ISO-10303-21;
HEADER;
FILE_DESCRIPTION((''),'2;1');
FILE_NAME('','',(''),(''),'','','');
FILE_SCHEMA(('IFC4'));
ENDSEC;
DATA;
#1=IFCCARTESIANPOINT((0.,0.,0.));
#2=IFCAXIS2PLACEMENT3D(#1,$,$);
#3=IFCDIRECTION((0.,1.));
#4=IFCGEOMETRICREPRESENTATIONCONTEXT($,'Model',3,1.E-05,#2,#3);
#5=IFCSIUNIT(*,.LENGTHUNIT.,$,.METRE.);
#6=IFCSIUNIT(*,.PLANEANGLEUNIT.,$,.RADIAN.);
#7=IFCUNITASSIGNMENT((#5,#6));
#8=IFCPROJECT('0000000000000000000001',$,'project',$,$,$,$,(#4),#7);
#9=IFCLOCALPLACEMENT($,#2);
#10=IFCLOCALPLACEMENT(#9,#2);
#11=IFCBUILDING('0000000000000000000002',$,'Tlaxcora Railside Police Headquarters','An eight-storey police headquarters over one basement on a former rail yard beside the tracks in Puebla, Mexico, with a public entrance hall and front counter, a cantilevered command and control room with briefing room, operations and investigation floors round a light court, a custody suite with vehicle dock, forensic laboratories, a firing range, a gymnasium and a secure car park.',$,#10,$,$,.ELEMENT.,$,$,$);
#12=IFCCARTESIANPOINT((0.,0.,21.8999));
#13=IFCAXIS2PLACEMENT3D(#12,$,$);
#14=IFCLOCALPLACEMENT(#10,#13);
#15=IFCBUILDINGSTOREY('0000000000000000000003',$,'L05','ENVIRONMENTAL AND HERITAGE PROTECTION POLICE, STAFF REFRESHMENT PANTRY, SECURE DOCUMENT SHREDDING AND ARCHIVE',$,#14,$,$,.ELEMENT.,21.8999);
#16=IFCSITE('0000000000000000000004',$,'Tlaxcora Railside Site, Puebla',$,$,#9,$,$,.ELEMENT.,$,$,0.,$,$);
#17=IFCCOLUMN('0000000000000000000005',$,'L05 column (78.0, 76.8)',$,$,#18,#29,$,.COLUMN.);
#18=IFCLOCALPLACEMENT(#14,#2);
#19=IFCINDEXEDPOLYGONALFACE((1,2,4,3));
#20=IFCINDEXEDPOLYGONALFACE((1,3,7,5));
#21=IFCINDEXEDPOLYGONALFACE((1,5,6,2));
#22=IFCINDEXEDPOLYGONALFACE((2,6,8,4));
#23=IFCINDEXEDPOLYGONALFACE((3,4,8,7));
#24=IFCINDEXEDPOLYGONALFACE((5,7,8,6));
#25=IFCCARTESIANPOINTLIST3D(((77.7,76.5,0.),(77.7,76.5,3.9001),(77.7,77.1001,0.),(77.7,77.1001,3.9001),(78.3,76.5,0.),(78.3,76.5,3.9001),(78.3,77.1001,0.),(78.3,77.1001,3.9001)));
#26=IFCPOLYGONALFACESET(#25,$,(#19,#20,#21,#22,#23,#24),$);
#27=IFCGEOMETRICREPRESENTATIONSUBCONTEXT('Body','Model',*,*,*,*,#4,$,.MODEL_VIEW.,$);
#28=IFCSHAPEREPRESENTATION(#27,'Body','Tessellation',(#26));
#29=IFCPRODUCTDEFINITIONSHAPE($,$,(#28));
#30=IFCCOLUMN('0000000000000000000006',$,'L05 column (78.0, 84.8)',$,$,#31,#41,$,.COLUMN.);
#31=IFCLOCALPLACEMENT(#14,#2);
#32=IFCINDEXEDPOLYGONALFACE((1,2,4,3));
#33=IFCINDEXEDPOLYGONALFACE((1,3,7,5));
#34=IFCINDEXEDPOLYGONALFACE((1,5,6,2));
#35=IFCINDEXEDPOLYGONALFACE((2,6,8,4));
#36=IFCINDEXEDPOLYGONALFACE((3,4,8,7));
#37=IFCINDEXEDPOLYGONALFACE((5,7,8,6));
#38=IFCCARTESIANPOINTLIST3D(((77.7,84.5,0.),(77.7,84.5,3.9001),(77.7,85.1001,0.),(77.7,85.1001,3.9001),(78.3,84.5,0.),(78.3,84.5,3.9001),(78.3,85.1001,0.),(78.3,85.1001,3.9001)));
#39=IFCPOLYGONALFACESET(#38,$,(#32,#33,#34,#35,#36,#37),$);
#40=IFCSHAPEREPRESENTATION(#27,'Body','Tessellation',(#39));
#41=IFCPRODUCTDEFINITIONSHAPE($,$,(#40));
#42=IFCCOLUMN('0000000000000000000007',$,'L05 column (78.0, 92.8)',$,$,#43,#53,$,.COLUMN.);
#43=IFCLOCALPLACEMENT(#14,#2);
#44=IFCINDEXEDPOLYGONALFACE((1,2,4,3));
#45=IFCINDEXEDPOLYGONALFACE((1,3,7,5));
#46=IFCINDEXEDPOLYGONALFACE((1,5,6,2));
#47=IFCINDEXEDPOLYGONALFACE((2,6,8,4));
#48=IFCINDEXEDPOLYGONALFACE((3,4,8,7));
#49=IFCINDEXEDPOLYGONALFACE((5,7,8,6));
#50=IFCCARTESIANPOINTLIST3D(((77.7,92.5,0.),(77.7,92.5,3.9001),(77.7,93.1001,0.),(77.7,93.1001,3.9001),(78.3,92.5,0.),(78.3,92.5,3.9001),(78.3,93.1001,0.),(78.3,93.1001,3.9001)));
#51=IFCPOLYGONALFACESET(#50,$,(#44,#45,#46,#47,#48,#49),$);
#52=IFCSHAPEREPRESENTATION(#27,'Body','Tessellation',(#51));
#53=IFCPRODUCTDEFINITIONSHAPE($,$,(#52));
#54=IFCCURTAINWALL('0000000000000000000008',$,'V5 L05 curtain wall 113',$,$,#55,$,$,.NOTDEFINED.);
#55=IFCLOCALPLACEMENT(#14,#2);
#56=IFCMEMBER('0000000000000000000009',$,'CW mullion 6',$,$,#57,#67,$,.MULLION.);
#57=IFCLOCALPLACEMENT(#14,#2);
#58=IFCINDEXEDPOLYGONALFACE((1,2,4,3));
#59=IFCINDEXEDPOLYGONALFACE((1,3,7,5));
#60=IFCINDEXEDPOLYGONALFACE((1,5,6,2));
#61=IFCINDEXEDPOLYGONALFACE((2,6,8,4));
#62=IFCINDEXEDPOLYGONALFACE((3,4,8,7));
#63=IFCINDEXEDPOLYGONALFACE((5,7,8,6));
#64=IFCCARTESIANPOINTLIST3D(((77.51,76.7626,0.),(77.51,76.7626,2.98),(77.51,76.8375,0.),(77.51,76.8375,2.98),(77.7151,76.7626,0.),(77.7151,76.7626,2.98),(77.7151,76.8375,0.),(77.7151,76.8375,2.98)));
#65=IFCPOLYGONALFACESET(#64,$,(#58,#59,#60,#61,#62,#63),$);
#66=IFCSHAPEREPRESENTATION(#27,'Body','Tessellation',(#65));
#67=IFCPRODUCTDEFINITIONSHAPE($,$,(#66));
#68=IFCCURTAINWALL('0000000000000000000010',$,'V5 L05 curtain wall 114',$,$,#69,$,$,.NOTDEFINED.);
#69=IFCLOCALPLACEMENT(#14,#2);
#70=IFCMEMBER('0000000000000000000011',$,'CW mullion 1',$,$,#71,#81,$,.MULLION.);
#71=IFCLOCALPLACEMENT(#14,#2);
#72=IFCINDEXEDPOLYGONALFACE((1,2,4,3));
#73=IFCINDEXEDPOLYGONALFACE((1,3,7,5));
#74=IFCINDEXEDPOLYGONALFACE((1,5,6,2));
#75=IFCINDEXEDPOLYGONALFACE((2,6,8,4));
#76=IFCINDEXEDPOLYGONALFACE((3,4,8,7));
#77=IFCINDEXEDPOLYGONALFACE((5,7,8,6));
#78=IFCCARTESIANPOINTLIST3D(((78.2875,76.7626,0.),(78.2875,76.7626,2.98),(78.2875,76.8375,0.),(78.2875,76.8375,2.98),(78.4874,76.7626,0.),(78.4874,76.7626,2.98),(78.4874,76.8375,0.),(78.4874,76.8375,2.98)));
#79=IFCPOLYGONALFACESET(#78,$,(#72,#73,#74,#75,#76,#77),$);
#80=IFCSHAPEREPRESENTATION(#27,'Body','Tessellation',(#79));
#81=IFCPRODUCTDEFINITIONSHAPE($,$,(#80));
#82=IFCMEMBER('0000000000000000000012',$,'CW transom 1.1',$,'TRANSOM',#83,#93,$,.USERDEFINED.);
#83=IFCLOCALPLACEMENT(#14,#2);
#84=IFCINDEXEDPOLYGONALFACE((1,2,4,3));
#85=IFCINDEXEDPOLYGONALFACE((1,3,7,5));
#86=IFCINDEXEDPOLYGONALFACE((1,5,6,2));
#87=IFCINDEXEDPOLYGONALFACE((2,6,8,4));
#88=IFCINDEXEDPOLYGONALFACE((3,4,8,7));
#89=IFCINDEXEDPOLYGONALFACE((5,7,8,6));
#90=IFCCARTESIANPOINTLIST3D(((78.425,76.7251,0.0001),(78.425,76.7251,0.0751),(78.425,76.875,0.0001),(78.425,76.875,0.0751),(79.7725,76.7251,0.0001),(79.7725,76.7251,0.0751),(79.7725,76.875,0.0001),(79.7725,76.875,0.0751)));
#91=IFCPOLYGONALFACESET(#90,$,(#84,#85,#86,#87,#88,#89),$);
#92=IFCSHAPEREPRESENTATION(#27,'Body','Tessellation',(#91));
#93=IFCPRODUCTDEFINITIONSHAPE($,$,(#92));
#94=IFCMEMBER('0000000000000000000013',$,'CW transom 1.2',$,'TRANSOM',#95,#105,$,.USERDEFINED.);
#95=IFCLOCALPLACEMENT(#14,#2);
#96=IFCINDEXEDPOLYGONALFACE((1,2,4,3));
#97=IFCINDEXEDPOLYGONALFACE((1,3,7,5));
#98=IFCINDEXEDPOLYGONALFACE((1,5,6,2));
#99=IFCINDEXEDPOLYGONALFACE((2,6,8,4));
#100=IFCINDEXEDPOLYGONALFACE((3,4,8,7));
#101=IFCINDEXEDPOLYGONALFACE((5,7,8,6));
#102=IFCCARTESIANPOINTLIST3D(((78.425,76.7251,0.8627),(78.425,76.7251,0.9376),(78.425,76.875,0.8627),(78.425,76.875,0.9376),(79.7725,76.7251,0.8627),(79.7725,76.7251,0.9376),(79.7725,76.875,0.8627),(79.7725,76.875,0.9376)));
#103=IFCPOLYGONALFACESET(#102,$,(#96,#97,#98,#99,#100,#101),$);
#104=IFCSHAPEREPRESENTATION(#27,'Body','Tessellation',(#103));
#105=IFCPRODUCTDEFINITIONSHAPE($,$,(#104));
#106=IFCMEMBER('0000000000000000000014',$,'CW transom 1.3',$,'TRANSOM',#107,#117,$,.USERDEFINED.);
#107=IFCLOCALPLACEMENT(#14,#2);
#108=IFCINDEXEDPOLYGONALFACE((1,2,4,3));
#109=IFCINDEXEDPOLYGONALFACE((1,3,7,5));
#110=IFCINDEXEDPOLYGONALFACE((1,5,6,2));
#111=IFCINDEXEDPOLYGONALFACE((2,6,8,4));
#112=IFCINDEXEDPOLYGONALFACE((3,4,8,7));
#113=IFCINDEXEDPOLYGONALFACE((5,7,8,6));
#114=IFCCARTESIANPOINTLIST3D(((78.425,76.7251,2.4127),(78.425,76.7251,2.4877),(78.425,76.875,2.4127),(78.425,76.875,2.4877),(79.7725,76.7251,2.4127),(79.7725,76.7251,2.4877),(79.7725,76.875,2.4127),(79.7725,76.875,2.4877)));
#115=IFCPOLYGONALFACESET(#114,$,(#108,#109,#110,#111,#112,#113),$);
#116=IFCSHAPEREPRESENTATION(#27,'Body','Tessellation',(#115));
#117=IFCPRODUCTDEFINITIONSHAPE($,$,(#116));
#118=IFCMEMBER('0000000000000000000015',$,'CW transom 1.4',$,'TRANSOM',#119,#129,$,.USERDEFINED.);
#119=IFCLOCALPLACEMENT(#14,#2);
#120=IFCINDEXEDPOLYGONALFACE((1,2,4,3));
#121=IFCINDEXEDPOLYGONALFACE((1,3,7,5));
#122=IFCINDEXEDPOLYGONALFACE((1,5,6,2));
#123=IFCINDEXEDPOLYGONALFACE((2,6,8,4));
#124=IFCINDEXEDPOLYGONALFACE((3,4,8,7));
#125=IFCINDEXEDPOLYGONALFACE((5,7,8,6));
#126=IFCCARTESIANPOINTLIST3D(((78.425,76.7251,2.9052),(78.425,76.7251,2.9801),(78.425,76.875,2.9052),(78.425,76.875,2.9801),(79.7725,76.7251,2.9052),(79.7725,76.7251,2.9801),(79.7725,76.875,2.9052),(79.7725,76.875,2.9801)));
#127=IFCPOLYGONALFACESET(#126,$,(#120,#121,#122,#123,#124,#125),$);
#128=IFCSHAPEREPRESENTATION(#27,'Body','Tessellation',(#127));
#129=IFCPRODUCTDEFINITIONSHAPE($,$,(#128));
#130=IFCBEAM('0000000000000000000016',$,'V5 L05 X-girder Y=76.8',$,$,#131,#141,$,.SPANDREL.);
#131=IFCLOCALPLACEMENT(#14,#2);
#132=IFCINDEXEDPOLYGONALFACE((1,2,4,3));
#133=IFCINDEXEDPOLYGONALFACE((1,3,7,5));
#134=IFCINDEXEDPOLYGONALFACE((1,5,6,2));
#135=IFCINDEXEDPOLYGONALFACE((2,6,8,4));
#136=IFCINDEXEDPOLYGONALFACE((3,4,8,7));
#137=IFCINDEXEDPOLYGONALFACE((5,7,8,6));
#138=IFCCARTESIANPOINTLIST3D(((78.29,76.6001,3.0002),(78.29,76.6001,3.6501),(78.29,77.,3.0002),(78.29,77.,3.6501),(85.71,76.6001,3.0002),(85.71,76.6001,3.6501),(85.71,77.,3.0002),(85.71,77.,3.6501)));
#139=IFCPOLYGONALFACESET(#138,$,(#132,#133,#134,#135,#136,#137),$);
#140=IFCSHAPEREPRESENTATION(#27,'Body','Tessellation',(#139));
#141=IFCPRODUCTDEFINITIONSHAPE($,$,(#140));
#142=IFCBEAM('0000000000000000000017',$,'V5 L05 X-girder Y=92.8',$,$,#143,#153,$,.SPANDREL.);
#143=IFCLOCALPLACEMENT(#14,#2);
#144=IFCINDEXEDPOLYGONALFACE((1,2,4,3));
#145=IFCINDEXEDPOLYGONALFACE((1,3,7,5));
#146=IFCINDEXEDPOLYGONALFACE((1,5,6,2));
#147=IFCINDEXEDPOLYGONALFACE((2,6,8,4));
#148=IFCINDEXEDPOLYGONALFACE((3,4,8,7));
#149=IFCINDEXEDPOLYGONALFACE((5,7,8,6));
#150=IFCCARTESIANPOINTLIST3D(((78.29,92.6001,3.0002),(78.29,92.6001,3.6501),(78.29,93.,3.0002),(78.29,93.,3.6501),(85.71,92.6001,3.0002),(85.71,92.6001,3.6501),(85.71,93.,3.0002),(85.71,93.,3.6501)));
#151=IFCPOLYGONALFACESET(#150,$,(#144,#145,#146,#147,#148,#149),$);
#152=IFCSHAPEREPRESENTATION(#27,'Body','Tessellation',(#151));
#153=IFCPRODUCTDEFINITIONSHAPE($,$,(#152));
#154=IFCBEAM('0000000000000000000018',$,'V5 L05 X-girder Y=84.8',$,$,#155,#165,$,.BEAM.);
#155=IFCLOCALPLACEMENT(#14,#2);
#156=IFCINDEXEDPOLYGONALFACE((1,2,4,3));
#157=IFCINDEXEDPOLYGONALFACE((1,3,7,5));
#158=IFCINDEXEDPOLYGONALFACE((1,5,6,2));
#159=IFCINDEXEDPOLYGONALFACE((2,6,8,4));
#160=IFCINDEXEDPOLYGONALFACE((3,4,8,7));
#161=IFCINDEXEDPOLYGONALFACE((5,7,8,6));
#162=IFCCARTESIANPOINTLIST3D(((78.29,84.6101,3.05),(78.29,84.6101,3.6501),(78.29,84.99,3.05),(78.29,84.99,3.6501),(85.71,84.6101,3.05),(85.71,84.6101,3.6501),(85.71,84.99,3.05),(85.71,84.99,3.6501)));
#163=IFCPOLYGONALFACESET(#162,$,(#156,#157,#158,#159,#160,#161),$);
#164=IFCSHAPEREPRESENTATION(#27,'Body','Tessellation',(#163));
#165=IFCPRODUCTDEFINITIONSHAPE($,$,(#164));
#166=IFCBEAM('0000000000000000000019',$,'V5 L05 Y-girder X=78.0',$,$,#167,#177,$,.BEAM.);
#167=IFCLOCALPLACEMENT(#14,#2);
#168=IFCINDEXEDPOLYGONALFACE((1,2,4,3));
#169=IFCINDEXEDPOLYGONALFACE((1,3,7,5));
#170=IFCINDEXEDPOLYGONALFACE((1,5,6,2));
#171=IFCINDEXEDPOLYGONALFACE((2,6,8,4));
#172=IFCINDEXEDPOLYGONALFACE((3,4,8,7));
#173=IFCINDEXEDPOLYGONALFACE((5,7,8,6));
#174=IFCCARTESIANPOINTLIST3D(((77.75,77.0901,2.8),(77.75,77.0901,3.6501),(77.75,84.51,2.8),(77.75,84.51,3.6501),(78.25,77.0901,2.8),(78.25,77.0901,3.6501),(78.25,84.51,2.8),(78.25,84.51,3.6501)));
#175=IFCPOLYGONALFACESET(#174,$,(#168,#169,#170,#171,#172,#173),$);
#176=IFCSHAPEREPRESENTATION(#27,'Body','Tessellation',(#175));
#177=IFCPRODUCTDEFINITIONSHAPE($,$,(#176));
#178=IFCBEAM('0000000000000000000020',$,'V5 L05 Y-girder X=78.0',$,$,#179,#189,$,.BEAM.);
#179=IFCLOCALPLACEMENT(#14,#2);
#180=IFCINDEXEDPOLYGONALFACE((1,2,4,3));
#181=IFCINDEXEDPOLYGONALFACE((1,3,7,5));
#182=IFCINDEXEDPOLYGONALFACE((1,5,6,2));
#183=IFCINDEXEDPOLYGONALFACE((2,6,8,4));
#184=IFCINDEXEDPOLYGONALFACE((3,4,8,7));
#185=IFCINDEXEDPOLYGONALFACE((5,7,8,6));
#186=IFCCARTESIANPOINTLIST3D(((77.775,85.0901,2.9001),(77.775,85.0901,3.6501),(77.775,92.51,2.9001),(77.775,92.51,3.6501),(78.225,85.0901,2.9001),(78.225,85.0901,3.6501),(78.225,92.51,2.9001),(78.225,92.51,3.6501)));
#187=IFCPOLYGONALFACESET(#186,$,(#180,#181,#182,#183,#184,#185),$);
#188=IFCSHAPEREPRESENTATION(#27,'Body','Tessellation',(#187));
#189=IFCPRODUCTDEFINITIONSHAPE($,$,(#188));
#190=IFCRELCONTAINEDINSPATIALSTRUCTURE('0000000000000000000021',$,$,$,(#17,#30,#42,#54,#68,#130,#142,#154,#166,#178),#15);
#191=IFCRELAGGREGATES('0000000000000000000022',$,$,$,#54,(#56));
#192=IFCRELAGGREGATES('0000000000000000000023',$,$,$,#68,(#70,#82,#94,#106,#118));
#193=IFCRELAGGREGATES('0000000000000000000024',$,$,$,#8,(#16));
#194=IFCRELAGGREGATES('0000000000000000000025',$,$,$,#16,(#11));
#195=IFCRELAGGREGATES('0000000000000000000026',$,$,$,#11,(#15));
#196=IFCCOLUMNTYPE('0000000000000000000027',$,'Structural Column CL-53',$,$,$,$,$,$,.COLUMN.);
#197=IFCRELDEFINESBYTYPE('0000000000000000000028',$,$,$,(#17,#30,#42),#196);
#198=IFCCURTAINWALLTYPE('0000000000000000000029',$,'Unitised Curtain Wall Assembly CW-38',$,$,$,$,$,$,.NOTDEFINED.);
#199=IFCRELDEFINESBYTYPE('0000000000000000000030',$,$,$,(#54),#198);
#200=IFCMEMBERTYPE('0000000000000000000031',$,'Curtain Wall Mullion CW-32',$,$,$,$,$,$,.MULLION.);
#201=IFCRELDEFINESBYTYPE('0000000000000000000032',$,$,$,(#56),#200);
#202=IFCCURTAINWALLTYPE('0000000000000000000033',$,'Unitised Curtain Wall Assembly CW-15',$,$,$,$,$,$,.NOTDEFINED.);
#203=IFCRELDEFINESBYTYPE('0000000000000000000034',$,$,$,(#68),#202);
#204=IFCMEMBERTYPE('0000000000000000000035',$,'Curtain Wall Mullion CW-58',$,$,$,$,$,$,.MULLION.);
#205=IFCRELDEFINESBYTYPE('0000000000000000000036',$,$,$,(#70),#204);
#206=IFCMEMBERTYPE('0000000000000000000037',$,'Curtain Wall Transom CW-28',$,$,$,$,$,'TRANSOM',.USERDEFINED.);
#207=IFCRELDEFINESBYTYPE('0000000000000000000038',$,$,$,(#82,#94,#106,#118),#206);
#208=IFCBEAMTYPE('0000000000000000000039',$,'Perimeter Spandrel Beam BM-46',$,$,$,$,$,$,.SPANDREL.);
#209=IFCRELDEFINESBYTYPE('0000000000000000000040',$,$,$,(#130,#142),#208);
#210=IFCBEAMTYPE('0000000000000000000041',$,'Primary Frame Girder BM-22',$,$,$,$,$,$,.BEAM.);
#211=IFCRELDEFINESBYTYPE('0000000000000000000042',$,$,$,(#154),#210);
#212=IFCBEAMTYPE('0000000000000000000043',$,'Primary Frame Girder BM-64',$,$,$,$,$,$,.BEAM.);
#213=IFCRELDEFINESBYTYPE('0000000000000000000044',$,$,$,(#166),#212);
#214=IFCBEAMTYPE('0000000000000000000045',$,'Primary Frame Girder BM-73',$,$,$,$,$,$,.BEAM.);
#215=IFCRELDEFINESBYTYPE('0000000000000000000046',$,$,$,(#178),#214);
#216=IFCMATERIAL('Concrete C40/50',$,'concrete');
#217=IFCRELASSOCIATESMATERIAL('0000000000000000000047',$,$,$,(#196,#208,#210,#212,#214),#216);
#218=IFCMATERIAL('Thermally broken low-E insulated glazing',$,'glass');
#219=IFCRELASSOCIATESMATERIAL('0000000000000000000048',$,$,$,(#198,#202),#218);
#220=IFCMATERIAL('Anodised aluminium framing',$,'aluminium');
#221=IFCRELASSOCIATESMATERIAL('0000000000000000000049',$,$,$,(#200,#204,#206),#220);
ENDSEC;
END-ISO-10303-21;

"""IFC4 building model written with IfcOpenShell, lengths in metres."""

from ifc_helpers import new_model, si_unit, direction, frame, origin, origin_2d, place, context, subcontext, project, spatial, rectangle, extrude, material, material_profile, profile_set, type_object, element, aggregate, save


model = new_model("IFC4")

# Units and contexts
model_context = context("Model", 3, precision=1e-05, world=origin(), true_north=direction((0.0, 1.0)))
body_context = subcontext(model_context, "Body", "Model", "MODEL_VIEW")
ifc_project = project(units=[si_unit("LENGTHUNIT", "METRE"), si_unit("PLANEANGLEUNIT", "RADIAN")], contexts=[model_context])

# Site, building, storey
site_placement = place(None, origin())
site = spatial("IfcSite", under=ifc_project, at=site_placement, Name="Tlaxcora Railside Site, Puebla", CompositionType="ELEMENT", RefElevation=0.0)
building_placement = place(site_placement, origin())
building = spatial("IfcBuilding", under=site, at=building_placement, Name="Tlaxcora Railside Police Headquarters", Description="An eight-storey police headquarters over one basement on a former rail yard beside the tracks in Puebla, Mexico, with a public entrance hall and front counter, a cantilevered command and control room with briefing room, operations and investigation floors round a light court, a custody suite with vehicle dock, forensic laboratories, a firing range, a gymnasium and a secure car park.", CompositionType="ELEMENT")
storey_placement = place(building_placement, frame((0.0, 0.0, 21.8999)))
storey = spatial("IfcBuildingStorey", under=building, at=storey_placement, Name="L05", Description="ENVIRONMENTAL AND HERITAGE PROTECTION POLICE, STAFF REFRESHMENT PANTRY, SECURE DOCUMENT SHREDDING AND ARCHIVE", CompositionType="ELEMENT", Elevation=21.8999)

# Columns
ifc_material_1 = material(Name="Concrete C40/50", Category="concrete")
ifc_material_profile_1 = material_profile(ifc_material_1, rectangle(XDim=0.6001, YDim=0.6001, at=origin_2d()), Name="RC600X600")
ifc_profile_set_1 = profile_set([ifc_material_profile_1], Name="Concrete C40/50")
column_type = type_object("IfcColumnType", Name="Structural Column CL-53", PredefinedType="COLUMN", material=ifc_profile_set_1)
for number, where, z_axis, x_axis, name in (
    (1, (78.0, 76.8, 0.0), (0.0, 0.0, 1.0), (1.0, 0.0, 0.0), "L05 column (78.0, 76.8)"),
    (2, (78.0, 84.8, 0.0), (0.0, 0.0, 1.0), (1.0, 0.0, 0.0), "L05 column (78.0, 84.8)"),
    (3, (78.0, 92.8, 0.0), (0.0, 0.0, 1.0), (1.0, 0.0, 0.0), "L05 column (78.0, 92.8)"),
):
    element("IfcColumn", number, at=place(storey_placement, frame(where, z_axis=z_axis, x_axis=x_axis)), inside=storey, type_object=column_type, Name=name, PredefinedType="COLUMN", context=body_context, shape_type="SweptSolid", body=[
        extrude(rectangle(XDim=0.6001, YDim=0.6001, at=origin_2d()), origin(), (0.0, 0.0, 1.0), 3.9001),
    ])

# Curtain wall, member
ifc_material_2 = material(Name="Thermally broken low-E insulated glazing", Category="glass")
curtain_wall_type_1 = type_object("IfcCurtainWallType", Name="Unitised Curtain Wall Assembly CW-38", PredefinedType="NOTDEFINED", material=ifc_material_2)
curtain_wall_1_placement = place(storey_placement, origin())
curtain_wall_1 = element("IfcCurtainWall", 4, at=curtain_wall_1_placement, inside=storey, type_object=curtain_wall_type_1, Name="V5 L05 curtain wall 113", PredefinedType="NOTDEFINED")
ifc_material_3 = material(Name="Anodised aluminium framing", Category="aluminium")
ifc_material_profile_2 = material_profile(ifc_material_3, rectangle(XDim=0.075, YDim=0.2051, at=origin_2d()), Name="AL75X205")
ifc_profile_set_2 = profile_set([ifc_material_profile_2], Name="Anodised aluminium framing")
member_type_1 = type_object("IfcMemberType", Name="Curtain Wall Mullion CW-32", PredefinedType="MULLION", material=ifc_profile_set_2)
member_1_placement = place(storey_placement, frame((77.6125, 76.8, 0.0), z_axis=(0.0, 0.0, 1.0), x_axis=(0.0, 1.0, 0.0)))
member_1 = element("IfcMember", 5, at=member_1_placement, type_object=member_type_1, Name="CW mullion 6", PredefinedType="MULLION", context=body_context, shape_type="SweptSolid", body=[
    extrude(rectangle(XDim=0.075, YDim=0.2051, at=origin_2d()), origin(), (0.0, 0.0, 1.0), 2.98),
])
aggregate(curtain_wall_1, [member_1])

# Curtain wall, members
curtain_wall_type_2 = type_object("IfcCurtainWallType", Name="Unitised Curtain Wall Assembly CW-15", PredefinedType="NOTDEFINED", material=ifc_material_2)
curtain_wall_2_placement = place(storey_placement, origin())
curtain_wall_2 = element("IfcCurtainWall", 6, at=curtain_wall_2_placement, inside=storey, type_object=curtain_wall_type_2, Name="V5 L05 curtain wall 114", PredefinedType="NOTDEFINED")
ifc_material_profile_3 = material_profile(ifc_material_3, rectangle(XDim=0.075, YDim=0.2, at=origin_2d()), Name="AL75X200")
ifc_profile_set_3 = profile_set([ifc_material_profile_3], Name="Anodised aluminium framing")
member_type_2 = type_object("IfcMemberType", Name="Curtain Wall Mullion CW-58", PredefinedType="MULLION", material=ifc_profile_set_3)
member_2_placement = place(storey_placement, frame((78.3875, 76.8, 0.0), z_axis=(0.0, 0.0, 1.0), x_axis=(0.0, 1.0, 0.0)))
member_2 = element("IfcMember", 7, at=member_2_placement, type_object=member_type_2, Name="CW mullion 1", PredefinedType="MULLION", context=body_context, shape_type="SweptSolid", body=[
    extrude(rectangle(XDim=0.075, YDim=0.2, at=origin_2d()), origin(), (0.0, 0.0, 1.0), 2.98),
])
ifc_material_profile_4 = material_profile(ifc_material_3, rectangle(XDim=0.1499, YDim=0.075, at=origin_2d()), Name="AL75X150")
ifc_profile_set_4 = profile_set([ifc_material_profile_4], Name="Anodised aluminium framing")
member_type_3 = type_object("IfcMemberType", Name="Curtain Wall Transom CW-28", ElementType="TRANSOM", PredefinedType="USERDEFINED", material=ifc_profile_set_4)
member_3_placement = place(storey_placement, frame((78.425, 76.8, 0.0376), z_axis=(1.0, 0.0, 0.0), x_axis=(0.0, 1.0, 0.0)))
member_3 = element("IfcMember", 8, at=member_3_placement, type_object=member_type_3, Name="CW transom 1.1", ObjectType="TRANSOM", PredefinedType="USERDEFINED", context=body_context, shape_type="SweptSolid", body=[
    extrude(rectangle(XDim=0.1499, YDim=0.075, at=origin_2d()), origin(), (0.0, 0.0, 1.0), 1.3474),
])
member_4_placement = place(storey_placement, frame((78.425, 76.8, 0.9001), z_axis=(1.0, 0.0, 0.0), x_axis=(0.0, 1.0, 0.0)))
member_4 = element("IfcMember", 9, at=member_4_placement, type_object=member_type_3, Name="CW transom 1.2", ObjectType="TRANSOM", PredefinedType="USERDEFINED", context=body_context, shape_type="SweptSolid", body=[
    extrude(rectangle(XDim=0.1499, YDim=0.075, at=origin_2d()), origin(), (0.0, 0.0, 1.0), 1.3474),
])
member_5_placement = place(storey_placement, frame((78.425, 76.8, 2.4502), z_axis=(1.0, 0.0, 0.0), x_axis=(0.0, 1.0, 0.0)))
member_5 = element("IfcMember", 10, at=member_5_placement, type_object=member_type_3, Name="CW transom 1.3", ObjectType="TRANSOM", PredefinedType="USERDEFINED", context=body_context, shape_type="SweptSolid", body=[
    extrude(rectangle(XDim=0.1499, YDim=0.075, at=origin_2d()), origin(), (0.0, 0.0, 1.0), 1.3474),
])
member_6_placement = place(storey_placement, frame((78.425, 76.8, 2.9426), z_axis=(1.0, 0.0, 0.0), x_axis=(0.0, 1.0, 0.0)))
member_6 = element("IfcMember", 11, at=member_6_placement, type_object=member_type_3, Name="CW transom 1.4", ObjectType="TRANSOM", PredefinedType="USERDEFINED", context=body_context, shape_type="SweptSolid", body=[
    extrude(rectangle(XDim=0.1499, YDim=0.075, at=origin_2d()), origin(), (0.0, 0.0, 1.0), 1.3474),
])
aggregate(curtain_wall_2, [member_2, member_3, member_4, member_5, member_6])

# Beams
ifc_material_profile_5 = material_profile(ifc_material_1, rectangle(XDim=0.3999, YDim=0.6499, at=origin_2d()), Name="RC400X650")
ifc_profile_set_5 = profile_set([ifc_material_profile_5], Name="Concrete C40/50")
beam_type_1 = type_object("IfcBeamType", Name="Perimeter Spandrel Beam BM-46", PredefinedType="SPANDREL", material=ifc_profile_set_5)
for number, where, z_axis, x_axis, name in (
    (12, (78.29, 76.8, 3.3252), (1.0, 0.0, 0.0), (0.0, 1.0, 0.0), "V5 L05 X-girder Y=76.8"),
    (13, (78.29, 92.8, 3.3252), (1.0, 0.0, 0.0), (0.0, 1.0, 0.0), "V5 L05 X-girder Y=92.8"),
):
    element("IfcBeam", number, at=place(storey_placement, frame(where, z_axis=z_axis, x_axis=x_axis)), inside=storey, type_object=beam_type_1, Name=name, PredefinedType="SPANDREL", context=body_context, shape_type="SweptSolid", body=[
        extrude(rectangle(XDim=0.3999, YDim=0.6499, at=origin_2d()), origin(), (0.0, 0.0, 1.0), 7.4199),
    ])
ifc_material_profile_6 = material_profile(ifc_material_1, rectangle(XDim=0.3799, YDim=0.6001, at=origin_2d()), Name="RC380X600")
ifc_profile_set_6 = profile_set([ifc_material_profile_6], Name="Concrete C40/50")
beam_type_2 = type_object("IfcBeamType", Name="Primary Frame Girder BM-22", PredefinedType="BEAM", material=ifc_profile_set_6)
beam_1_placement = place(storey_placement, frame((78.29, 84.8, 3.3501), z_axis=(1.0, 0.0, 0.0), x_axis=(0.0, 1.0, 0.0)))
element("IfcBeam", 14, at=beam_1_placement, inside=storey, type_object=beam_type_2, Name="V5 L05 X-girder Y=84.8", PredefinedType="BEAM", context=body_context, shape_type="SweptSolid", body=[
    extrude(rectangle(XDim=0.3799, YDim=0.6001, at=origin_2d()), origin(), (0.0, 0.0, 1.0), 7.4199),
])
ifc_material_profile_7 = material_profile(ifc_material_1, rectangle(XDim=0.5, YDim=0.8501, at=origin_2d()), Name="RC500X850")
ifc_profile_set_7 = profile_set([ifc_material_profile_7], Name="Concrete C40/50")
beam_type_3 = type_object("IfcBeamType", Name="Primary Frame Girder BM-64", PredefinedType="BEAM", material=ifc_profile_set_7)
beam_2_placement = place(storey_placement, frame((78.0, 77.0901, 3.2251), z_axis=(0.0, 1.0, 0.0), x_axis=(-1.0, 0.0, 0.0)))
element("IfcBeam", 15, at=beam_2_placement, inside=storey, type_object=beam_type_3, Name="V5 L05 Y-girder X=78.0", PredefinedType="BEAM", context=body_context, shape_type="SweptSolid", body=[
    extrude(rectangle(XDim=0.5, YDim=0.8501, at=origin_2d()), origin(), (0.0, 0.0, 1.0), 7.4199),
])
ifc_material_profile_8 = material_profile(ifc_material_1, rectangle(XDim=0.45, YDim=0.75, at=origin_2d()), Name="RC450X750")
ifc_profile_set_8 = profile_set([ifc_material_profile_8], Name="Concrete C40/50")
beam_type_4 = type_object("IfcBeamType", Name="Primary Frame Girder BM-73", PredefinedType="BEAM", material=ifc_profile_set_8)
beam_3_placement = place(storey_placement, frame((78.0, 85.0901, 3.2751), z_axis=(0.0, 1.0, 0.0), x_axis=(-1.0, 0.0, 0.0)))
element("IfcBeam", 16, at=beam_3_placement, inside=storey, type_object=beam_type_4, Name="V5 L05 Y-girder X=78.0", PredefinedType="BEAM", context=body_context, shape_type="SweptSolid", body=[
    extrude(rectangle(XDim=0.45, YDim=0.75, at=origin_2d()), origin(), (0.0, 0.0, 1.0), 7.4199),
])

save(model, "model.ifc")
